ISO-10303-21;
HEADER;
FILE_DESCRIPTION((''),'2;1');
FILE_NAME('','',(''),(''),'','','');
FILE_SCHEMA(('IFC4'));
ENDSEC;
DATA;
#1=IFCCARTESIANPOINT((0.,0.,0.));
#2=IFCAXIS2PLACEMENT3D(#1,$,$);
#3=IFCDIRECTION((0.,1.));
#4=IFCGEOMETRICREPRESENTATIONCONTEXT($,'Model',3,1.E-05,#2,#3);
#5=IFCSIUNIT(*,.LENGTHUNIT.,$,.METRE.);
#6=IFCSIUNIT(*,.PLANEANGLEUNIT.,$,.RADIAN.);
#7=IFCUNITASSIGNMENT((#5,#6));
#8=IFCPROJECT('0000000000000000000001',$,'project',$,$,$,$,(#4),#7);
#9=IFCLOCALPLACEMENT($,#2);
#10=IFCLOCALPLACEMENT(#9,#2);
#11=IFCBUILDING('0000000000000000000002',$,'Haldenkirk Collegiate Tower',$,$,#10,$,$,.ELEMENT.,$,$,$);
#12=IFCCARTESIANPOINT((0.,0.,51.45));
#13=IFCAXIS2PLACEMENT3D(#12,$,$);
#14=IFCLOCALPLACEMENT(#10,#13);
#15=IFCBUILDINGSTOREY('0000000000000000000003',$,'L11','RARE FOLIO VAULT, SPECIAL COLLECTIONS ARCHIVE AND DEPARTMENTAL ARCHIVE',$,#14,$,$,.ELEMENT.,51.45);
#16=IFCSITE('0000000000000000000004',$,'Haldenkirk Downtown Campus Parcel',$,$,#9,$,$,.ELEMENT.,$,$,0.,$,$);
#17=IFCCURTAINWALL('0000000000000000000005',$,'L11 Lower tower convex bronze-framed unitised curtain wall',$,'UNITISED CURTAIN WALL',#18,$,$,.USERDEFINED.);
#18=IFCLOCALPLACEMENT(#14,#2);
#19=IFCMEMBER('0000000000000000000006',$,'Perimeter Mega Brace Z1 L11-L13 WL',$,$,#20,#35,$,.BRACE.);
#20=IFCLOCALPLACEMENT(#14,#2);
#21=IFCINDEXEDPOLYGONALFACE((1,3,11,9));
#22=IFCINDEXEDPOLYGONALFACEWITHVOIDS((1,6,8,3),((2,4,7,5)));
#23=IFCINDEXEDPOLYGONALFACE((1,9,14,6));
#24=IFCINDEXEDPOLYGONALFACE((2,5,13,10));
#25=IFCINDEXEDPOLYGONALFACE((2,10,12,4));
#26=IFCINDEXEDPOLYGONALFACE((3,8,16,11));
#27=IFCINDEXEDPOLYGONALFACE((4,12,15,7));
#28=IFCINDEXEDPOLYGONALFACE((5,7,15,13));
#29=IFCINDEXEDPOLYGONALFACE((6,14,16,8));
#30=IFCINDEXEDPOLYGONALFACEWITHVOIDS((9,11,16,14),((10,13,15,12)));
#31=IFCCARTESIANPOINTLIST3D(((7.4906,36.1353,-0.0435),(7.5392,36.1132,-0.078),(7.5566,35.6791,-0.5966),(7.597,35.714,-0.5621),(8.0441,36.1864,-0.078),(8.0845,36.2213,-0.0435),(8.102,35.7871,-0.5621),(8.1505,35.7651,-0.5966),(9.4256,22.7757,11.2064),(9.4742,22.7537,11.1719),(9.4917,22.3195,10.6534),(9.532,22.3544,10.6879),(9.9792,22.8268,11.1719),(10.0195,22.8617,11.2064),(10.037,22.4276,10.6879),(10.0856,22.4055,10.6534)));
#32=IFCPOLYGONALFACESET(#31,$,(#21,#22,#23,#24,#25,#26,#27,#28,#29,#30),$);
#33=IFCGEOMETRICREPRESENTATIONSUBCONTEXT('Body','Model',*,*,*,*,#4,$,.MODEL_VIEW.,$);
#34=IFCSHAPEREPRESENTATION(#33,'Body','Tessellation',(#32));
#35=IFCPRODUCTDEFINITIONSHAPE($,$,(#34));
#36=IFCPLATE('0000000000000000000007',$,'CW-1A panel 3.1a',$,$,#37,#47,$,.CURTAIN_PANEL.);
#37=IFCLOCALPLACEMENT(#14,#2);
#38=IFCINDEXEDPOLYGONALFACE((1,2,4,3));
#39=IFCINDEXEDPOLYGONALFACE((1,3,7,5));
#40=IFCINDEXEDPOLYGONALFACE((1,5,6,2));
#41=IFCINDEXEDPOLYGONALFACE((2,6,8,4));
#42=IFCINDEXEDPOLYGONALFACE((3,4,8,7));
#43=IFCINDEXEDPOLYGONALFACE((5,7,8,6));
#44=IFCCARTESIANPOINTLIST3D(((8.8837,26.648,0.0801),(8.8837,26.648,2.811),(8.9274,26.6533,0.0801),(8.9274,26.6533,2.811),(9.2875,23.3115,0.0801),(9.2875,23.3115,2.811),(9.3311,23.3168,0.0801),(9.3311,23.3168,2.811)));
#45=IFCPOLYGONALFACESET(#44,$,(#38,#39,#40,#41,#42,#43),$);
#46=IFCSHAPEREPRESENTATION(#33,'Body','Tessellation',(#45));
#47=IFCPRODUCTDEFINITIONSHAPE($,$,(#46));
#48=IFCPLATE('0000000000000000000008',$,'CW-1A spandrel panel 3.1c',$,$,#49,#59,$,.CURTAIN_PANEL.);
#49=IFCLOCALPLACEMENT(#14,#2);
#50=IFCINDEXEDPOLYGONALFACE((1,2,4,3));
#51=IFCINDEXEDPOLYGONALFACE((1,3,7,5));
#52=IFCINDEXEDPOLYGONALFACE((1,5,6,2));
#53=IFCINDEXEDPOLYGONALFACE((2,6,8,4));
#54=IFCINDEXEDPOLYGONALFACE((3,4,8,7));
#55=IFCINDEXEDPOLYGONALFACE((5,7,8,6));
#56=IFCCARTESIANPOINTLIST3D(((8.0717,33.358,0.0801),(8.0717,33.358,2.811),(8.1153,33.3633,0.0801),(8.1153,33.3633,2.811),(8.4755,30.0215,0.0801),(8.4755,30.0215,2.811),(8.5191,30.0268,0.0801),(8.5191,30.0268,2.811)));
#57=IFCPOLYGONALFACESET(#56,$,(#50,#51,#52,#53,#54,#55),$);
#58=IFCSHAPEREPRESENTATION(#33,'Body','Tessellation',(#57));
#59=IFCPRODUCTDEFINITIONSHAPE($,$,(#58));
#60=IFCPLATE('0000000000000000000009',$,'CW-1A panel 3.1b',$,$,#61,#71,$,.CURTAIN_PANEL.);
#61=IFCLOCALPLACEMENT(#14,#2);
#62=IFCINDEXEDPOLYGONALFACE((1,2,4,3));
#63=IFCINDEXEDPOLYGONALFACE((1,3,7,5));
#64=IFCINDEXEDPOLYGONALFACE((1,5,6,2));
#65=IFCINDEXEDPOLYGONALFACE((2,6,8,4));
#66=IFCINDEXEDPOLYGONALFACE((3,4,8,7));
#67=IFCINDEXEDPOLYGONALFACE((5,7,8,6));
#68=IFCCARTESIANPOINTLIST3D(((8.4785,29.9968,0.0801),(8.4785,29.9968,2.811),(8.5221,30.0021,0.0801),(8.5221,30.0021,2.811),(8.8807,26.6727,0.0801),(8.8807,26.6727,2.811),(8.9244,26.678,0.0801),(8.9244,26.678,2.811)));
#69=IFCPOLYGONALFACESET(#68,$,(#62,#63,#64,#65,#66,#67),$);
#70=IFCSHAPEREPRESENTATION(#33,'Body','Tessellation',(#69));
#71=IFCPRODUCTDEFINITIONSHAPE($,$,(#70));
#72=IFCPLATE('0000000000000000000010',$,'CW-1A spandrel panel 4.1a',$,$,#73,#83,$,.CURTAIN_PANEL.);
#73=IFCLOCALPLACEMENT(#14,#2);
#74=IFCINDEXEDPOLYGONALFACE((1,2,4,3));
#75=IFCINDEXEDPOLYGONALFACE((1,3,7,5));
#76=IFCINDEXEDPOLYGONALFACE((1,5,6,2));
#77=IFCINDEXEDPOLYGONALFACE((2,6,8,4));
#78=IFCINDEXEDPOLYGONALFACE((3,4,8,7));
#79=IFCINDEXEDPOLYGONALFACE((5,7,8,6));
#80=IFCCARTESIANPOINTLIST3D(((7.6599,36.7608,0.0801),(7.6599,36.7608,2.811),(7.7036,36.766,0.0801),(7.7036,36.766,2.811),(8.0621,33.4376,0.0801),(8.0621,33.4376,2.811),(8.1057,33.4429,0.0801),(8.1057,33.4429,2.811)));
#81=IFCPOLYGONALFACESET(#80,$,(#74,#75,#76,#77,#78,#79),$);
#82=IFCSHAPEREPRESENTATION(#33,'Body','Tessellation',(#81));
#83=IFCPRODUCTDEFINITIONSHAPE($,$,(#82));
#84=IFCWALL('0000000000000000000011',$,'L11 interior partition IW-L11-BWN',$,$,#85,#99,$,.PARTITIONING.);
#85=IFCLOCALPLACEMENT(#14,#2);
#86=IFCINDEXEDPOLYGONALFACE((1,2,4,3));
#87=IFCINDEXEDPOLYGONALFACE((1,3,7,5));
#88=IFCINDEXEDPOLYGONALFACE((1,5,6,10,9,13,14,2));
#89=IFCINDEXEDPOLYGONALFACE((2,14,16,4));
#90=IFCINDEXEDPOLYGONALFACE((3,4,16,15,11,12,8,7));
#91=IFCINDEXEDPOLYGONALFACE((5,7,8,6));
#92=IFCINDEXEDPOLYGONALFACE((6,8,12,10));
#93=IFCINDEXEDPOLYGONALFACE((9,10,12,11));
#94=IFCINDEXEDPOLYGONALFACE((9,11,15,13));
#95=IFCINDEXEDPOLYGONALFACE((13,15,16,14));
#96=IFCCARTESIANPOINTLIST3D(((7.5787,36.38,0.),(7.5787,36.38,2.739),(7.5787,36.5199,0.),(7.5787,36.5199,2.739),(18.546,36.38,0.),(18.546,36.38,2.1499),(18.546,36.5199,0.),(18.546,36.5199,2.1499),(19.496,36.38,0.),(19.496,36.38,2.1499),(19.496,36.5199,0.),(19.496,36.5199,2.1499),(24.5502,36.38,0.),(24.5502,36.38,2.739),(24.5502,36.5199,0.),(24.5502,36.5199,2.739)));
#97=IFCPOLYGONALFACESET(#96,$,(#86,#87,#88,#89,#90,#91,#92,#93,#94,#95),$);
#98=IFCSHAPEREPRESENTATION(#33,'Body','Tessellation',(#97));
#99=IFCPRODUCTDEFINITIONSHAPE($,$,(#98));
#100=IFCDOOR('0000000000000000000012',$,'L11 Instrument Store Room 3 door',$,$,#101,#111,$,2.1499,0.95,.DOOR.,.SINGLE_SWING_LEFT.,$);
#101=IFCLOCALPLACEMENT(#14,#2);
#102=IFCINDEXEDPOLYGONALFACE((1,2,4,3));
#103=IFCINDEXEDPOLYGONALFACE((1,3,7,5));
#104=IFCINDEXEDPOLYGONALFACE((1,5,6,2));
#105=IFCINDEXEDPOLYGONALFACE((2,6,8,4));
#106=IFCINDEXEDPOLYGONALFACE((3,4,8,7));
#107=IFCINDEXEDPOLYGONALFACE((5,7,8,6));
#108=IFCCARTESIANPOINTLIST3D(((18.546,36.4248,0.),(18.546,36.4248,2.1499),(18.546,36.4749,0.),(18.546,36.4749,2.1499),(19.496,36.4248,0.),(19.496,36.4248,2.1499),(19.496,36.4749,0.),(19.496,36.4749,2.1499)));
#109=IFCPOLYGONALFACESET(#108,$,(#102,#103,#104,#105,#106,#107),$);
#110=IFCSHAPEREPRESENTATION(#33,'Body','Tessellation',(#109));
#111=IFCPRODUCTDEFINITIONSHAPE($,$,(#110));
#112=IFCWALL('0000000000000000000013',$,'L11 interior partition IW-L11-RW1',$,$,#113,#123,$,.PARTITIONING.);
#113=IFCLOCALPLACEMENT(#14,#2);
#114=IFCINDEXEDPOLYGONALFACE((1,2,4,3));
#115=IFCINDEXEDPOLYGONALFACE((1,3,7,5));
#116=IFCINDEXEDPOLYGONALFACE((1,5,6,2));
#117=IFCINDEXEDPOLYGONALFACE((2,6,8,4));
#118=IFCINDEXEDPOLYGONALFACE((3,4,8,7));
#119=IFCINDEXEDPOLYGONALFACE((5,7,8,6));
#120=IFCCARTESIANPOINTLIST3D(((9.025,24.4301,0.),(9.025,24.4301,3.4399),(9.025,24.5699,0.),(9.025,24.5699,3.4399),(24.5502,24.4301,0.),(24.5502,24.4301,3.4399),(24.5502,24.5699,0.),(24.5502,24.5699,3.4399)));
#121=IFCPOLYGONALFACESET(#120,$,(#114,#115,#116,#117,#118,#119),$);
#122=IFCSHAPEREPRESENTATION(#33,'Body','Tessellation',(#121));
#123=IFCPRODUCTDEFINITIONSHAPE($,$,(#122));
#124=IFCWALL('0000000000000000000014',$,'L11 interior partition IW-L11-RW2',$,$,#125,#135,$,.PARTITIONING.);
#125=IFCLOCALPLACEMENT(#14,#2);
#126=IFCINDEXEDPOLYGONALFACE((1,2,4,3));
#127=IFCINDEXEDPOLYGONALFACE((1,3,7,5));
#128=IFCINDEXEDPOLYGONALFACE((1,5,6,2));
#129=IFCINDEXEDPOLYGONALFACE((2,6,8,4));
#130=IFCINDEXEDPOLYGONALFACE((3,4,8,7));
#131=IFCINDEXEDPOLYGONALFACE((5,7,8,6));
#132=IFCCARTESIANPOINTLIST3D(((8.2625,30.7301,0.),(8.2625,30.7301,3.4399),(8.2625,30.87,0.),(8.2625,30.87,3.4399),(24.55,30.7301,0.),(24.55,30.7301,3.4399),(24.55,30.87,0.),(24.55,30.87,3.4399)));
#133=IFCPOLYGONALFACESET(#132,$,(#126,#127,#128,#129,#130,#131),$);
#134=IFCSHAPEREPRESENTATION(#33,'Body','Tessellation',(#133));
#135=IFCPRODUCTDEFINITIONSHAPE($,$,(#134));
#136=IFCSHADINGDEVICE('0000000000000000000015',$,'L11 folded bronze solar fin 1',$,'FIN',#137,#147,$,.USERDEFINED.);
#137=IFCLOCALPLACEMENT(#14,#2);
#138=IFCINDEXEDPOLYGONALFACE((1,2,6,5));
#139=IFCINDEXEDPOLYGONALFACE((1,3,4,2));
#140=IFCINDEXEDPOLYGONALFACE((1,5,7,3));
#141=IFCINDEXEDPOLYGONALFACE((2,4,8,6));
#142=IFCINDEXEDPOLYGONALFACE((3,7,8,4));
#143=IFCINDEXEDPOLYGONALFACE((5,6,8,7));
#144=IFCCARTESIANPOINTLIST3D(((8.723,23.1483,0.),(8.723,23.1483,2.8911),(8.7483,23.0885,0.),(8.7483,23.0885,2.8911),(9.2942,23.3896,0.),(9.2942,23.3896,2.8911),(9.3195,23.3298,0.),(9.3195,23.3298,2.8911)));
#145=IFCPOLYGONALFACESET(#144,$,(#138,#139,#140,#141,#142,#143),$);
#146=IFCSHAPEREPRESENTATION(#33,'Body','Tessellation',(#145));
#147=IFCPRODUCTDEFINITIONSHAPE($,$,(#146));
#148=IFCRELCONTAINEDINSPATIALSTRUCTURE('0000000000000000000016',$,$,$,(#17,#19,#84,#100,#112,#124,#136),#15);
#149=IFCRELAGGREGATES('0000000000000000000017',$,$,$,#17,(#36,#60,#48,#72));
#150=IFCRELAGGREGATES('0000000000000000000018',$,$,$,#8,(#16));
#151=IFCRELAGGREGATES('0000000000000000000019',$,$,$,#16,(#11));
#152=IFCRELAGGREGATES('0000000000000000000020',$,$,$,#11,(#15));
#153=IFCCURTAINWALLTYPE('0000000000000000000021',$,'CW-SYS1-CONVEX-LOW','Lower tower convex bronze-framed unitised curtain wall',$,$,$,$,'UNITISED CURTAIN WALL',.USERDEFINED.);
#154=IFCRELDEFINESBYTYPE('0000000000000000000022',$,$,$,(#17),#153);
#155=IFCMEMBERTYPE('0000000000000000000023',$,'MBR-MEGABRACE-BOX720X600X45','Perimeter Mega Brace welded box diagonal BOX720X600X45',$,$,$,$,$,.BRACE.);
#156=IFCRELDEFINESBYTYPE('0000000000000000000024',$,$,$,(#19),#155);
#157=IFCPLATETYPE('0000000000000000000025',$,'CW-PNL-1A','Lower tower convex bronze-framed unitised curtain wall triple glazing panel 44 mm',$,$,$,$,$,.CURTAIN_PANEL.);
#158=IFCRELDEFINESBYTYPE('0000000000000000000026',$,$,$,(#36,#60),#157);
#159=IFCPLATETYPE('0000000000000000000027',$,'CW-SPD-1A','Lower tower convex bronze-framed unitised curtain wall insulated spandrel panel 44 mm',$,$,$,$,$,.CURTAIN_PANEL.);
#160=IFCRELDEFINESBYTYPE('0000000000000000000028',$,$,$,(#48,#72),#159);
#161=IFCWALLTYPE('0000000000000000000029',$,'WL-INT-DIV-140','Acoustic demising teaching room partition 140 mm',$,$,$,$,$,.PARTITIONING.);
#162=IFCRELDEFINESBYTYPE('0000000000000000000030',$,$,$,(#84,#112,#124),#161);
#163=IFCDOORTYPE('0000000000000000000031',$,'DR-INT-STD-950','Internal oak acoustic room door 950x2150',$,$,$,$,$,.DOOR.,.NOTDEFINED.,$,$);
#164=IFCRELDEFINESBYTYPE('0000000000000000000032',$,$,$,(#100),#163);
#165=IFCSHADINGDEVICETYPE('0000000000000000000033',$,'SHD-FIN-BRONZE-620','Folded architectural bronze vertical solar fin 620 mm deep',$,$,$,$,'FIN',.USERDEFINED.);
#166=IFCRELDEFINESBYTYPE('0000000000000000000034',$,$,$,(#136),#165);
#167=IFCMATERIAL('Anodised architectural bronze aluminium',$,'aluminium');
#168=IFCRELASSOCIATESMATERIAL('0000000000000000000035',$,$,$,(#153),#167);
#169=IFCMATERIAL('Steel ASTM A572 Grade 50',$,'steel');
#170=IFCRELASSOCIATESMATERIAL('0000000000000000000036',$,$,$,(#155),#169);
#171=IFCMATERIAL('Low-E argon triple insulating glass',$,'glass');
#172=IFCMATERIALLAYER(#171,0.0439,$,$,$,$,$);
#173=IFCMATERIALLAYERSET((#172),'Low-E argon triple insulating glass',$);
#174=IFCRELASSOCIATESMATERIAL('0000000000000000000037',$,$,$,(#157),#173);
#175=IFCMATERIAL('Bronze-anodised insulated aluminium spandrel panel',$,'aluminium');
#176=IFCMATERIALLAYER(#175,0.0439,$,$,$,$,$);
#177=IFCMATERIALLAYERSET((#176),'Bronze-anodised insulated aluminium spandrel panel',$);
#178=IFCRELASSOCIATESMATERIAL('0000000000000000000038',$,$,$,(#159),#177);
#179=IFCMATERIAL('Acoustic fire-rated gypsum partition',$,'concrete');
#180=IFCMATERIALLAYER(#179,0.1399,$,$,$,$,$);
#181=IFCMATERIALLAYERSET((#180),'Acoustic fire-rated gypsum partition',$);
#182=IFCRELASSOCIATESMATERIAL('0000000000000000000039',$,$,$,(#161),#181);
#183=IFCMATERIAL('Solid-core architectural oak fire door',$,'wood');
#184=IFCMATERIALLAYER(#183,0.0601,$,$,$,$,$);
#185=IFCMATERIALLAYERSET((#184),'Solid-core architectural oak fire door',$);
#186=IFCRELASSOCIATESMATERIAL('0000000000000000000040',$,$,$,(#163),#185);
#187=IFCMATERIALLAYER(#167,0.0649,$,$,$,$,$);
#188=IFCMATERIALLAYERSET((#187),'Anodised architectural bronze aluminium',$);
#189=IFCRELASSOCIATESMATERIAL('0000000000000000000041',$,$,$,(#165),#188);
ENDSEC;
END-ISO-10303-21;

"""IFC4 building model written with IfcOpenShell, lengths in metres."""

from ifc_helpers import new_model, si_unit, direction, frame, frame_2d, origin, origin_2d, place, context, subcontext, project, spatial, rectangle, hollow_rectangle, extrude, source, transform, mapped, material, layer, layer_set, material_profile, profile_set, type_object, element, fill, aggregate, save


model = new_model("IFC4")

# Units and contexts
model_context = context("Model", 3, precision=1e-05, world=origin(), true_north=direction((0.0, 1.0)))
body_context = subcontext(model_context, "Body", "Model", "MODEL_VIEW")
ifc_project = project(units=[si_unit("LENGTHUNIT", "METRE"), si_unit("PLANEANGLEUNIT", "RADIAN")], contexts=[model_context])

# Site, building, storey
site_placement = place(None, origin())
site = spatial("IfcSite", under=ifc_project, at=site_placement, Name="Haldenkirk Downtown Campus Parcel", CompositionType="ELEMENT", RefElevation=0.0)
building_placement = place(site_placement, origin())
building = spatial("IfcBuilding", under=site, at=building_placement, Name="Haldenkirk Collegiate Tower", CompositionType="ELEMENT")
storey_placement = place(building_placement, frame((0.0, 0.0, 51.45)))
storey = spatial("IfcBuildingStorey", under=building, at=storey_placement, Name="L11", Description="RARE FOLIO VAULT, SPECIAL COLLECTIONS ARCHIVE AND DEPARTMENTAL ARCHIVE", CompositionType="ELEMENT", Elevation=51.45)

# Curtain wall
ifc_material_1 = material(Name="Anodised architectural bronze aluminium", Category="aluminium")
curtain_wall_type = type_object("IfcCurtainWallType", Name="CW-SYS1-CONVEX-LOW", Description="Lower tower convex bronze-framed unitised curtain wall", ElementType="UNITISED CURTAIN WALL", PredefinedType="USERDEFINED", material=ifc_material_1)
curtain_wall_placement = place(storey_placement, origin())
curtain_wall = element("IfcCurtainWall", 1, at=curtain_wall_placement, inside=storey, type_object=curtain_wall_type, Name="L11 Lower tower convex bronze-framed unitised curtain wall", ObjectType="UNITISED CURTAIN WALL", PredefinedType="USERDEFINED")

# Member
ifc_material_2 = material(Name="Steel ASTM A572 Grade 50", Category="steel")
ifc_material_profile_1 = material_profile(ifc_material_2, hollow_rectangle(XDim=0.6001, YDim=0.72, WallThickness=0.0449, at=origin_2d()), Name="BOX720X600X45")
ifc_profile_set_1 = profile_set([ifc_material_profile_1], Name="Steel ASTM A572 Grade 50")
member_type_1 = type_object("IfcMemberType", Name="MBR-MEGABRACE-BOX720X600X45", Description="Perimeter Mega Brace welded box diagonal BOX720X600X45", PredefinedType="BRACE", material=ifc_profile_set_1)
member_1_placement = place(storey_placement, frame((7.8206, 35.9502, -0.3201), z_axis=(0.11012, -0.760265, 0.640211), x_axis=(0.989672, 0.143348, 0.0)))
element("IfcMember", 2, at=member_1_placement, inside=storey, type_object=member_type_1, Name="Perimeter Mega Brace Z1 L11-L13 WL", PredefinedType="BRACE", context=body_context, shape_type="SweptSolid", body=[
    extrude(hollow_rectangle(XDim=0.6001, YDim=0.72, WallThickness=0.0449, at=origin_2d()), origin(), (0.0, 0.0, 1.0), 17.5723),
])

# Plates
ifc_material_3 = material(Name="Low-E argon triple insulating glass", Category="glass")
ifc_layer_1 = layer(ifc_material_3, 0.0439)
ifc_layer_set_1 = layer_set([ifc_layer_1], Name="Low-E argon triple insulating glass")
plate_type_1 = type_object("IfcPlateType", Name="CW-PNL-1A", Description="Lower tower convex bronze-framed unitised curtain wall triple glazing panel 44 mm", PredefinedType="CURTAIN_PANEL", material=ifc_layer_set_1)
shared_shape_1 = source(origin(), body_context, "Body", "SweptSolid", [
    extrude(rectangle(XDim=3.3608, YDim=0.0439, at=origin_2d()), origin(), (0.0, 0.0, 1.0), 2.731),
])
plate_1_placement = place(storey_placement, frame((9.1074, 24.9824, 0.0801), z_axis=(0.0, 0.0, 1.0), x_axis=(-0.120138, 0.992757, 0.0)))
plate_1 = element("IfcPlate", 3, at=plate_1_placement, type_object=plate_type_1, Name="CW-1A panel 3.1a", PredefinedType="CURTAIN_PANEL", context=body_context, shape_type="MappedRepresentation", body=[
    mapped(shared_shape_1, transform((0.0, 0.0, 0.0), x_axis=(1.0, 0.0, 0.0), y_axis=(0.0, 1.0, 0.0), z_axis=(0.0, 0.0, 1.0), scale=1.0)),
])
ifc_material_4 = material(Name="Bronze-anodised insulated aluminium spandrel panel", Category="aluminium")
ifc_layer_2 = layer(ifc_material_4, 0.0439)
ifc_layer_set_2 = layer_set([ifc_layer_2], Name="Bronze-anodised insulated aluminium spandrel panel")
plate_type_2 = type_object("IfcPlateType", Name="CW-SPD-1A", Description="Lower tower convex bronze-framed unitised curtain wall insulated spandrel panel 44 mm", PredefinedType="CURTAIN_PANEL", material=ifc_layer_set_2)
plate_2_placement = place(storey_placement, frame((8.2954, 31.6924, 0.0801), z_axis=(0.0, 0.0, 1.0), x_axis=(-0.120138, 0.992757, 0.0)))
plate_2 = element("IfcPlate", 4, at=plate_2_placement, type_object=plate_type_2, Name="CW-1A spandrel panel 3.1c", PredefinedType="CURTAIN_PANEL", context=body_context, shape_type="MappedRepresentation", body=[
    mapped(shared_shape_1, transform((0.0, 0.0, 0.0), x_axis=(1.0, 0.0, 0.0), y_axis=(0.0, 1.0, 0.0), z_axis=(0.0, 0.0, 1.0), scale=1.0)),
])
shared_shape_2 = source(origin(), body_context, "Body", "SweptSolid", [
    extrude(rectangle(XDim=3.3484, YDim=0.0439, at=origin_2d()), origin(), (0.0, 0.0, 1.0), 2.731),
])
plate_3_placement = place(storey_placement, frame((8.7014, 28.3374, 0.0801), z_axis=(0.0, 0.0, 1.0), x_axis=(-0.120138, 0.992757, 0.0)))
plate_3 = element("IfcPlate", 5, at=plate_3_placement, type_object=plate_type_1, Name="CW-1A panel 3.1b", PredefinedType="CURTAIN_PANEL", context=body_context, shape_type="MappedRepresentation", body=[
    mapped(shared_shape_2, transform((0.0, 0.0, 0.0), x_axis=(1.0, 0.0, 0.0), y_axis=(0.0, 1.0, 0.0), z_axis=(0.0, 0.0, 1.0), scale=1.0)),
])
shared_shape_3 = source(origin(), body_context, "Body", "SweptSolid", [
    extrude(rectangle(XDim=3.3474, YDim=0.0439, at=origin_2d()), origin(), (0.0, 0.0, 1.0), 2.731),
])
plate_4_placement = place(storey_placement, frame((7.8828, 35.1018, 0.0801), z_axis=(0.0, 0.0, 1.0), x_axis=(-0.120138, 0.992757, 0.0)))
plate_4 = element("IfcPlate", 6, at=plate_4_placement, type_object=plate_type_2, Name="CW-1A spandrel panel 4.1a", PredefinedType="CURTAIN_PANEL", context=body_context, shape_type="MappedRepresentation", body=[
    mapped(shared_shape_3, transform((0.0, 0.0, 0.0), x_axis=(1.0, 0.0, 0.0), y_axis=(0.0, 1.0, 0.0), z_axis=(0.0, 0.0, 1.0), scale=1.0)),
])
aggregate(curtain_wall, [plate_1, plate_3, plate_2, plate_4])

# Wall, opening, door
ifc_material_5 = material(Name="Acoustic fire-rated gypsum partition", Category="concrete")
ifc_layer_3 = layer(ifc_material_5, 0.1399)
ifc_layer_set_3 = layer_set([ifc_layer_3], Name="Acoustic fire-rated gypsum partition")
wall_type = type_object("IfcWallType", Name="WL-INT-DIV-140", Description="Acoustic demising teaching room partition 140 mm", PredefinedType="PARTITIONING", material=ifc_layer_set_3)
wall_1_placement = place(storey_placement, frame((7.5786, 36.45, 0.0), z_axis=(0.0, 0.0, 1.0), x_axis=(1.0, 0.0, 0.0)))
wall_1 = element("IfcWall", 7, at=wall_1_placement, inside=storey, type_object=wall_type, Name="L11 interior partition IW-L11-BWN", PredefinedType="PARTITIONING", context=body_context, shape_type="SweptSolid", body=[
    extrude(rectangle(XDim=16.9714, YDim=0.1399, at=frame_2d((8.4858, 0.0))), origin(), (0.0, 0.0, 1.0), 2.739),
])
opening_placement = place(wall_1_placement, frame((10.9673, 0.0, 0.0)))
opening = element("IfcOpeningElement", 8, at=opening_placement, cuts=wall_1, PredefinedType="OPENING", context=body_context, shape_type="SweptSolid", body=[
    extrude(rectangle(XDim=0.95, YDim=2.1499, at=frame_2d((0.4751, 1.075))), frame((0.0, 0.0798, 0.0), z_axis=(0.0, -1.0, 0.0), x_axis=(1.0, 0.0, 0.0)), (0.0, 0.0, 1.0), 0.1599),
])
ifc_material_6 = material(Name="Solid-core architectural oak fire door", Category="wood")
ifc_layer_4 = layer(ifc_material_6, 0.0601)
ifc_layer_set_4 = layer_set([ifc_layer_4], Name="Solid-core architectural oak fire door")
door_type = type_object("IfcDoorType", Name="DR-INT-STD-950", Description="Internal oak acoustic room door 950x2150", OperationType="NOTDEFINED", PredefinedType="DOOR", material=ifc_layer_set_4)
door_placement = place(opening_placement, origin())
door = element("IfcDoor", 9, at=door_placement, inside=storey, type_object=door_type, Name="L11 Instrument Store Room 3 door", OperationType="SINGLE_SWING_LEFT", OverallHeight=2.1499, OverallWidth=0.95, PredefinedType="DOOR", context=body_context, shape_type="SweptSolid", body=[
    extrude(rectangle(XDim=0.95, YDim=2.1499, at=frame_2d((0.4751, 1.075))), frame((0.0, 0.0249, 0.0), z_axis=(0.0, -1.0, 0.0), x_axis=(1.0, 0.0, 0.0)), (0.0, 0.0, 1.0), 0.05),
])
fill(opening, door)

# Walls
wall_2_placement = place(storey_placement, frame((9.0249, 24.5, 0.0), z_axis=(0.0, 0.0, 1.0), x_axis=(1.0, 0.0, 0.0)))
element("IfcWall", 10, at=wall_2_placement, inside=storey, type_object=wall_type, Name="L11 interior partition IW-L11-RW1", PredefinedType="PARTITIONING", context=body_context, shape_type="SweptSolid", body=[
    extrude(rectangle(XDim=15.5251, YDim=0.1399, at=frame_2d((7.7627, 0.0))), origin(), (0.0, 0.0, 1.0), 3.4399),
])
wall_3_placement = place(storey_placement, frame((8.2625, 30.8, 0.0), z_axis=(0.0, 0.0, 1.0), x_axis=(1.0, 0.0, 0.0)))
element("IfcWall", 11, at=wall_3_placement, inside=storey, type_object=wall_type, Name="L11 interior partition IW-L11-RW2", PredefinedType="PARTITIONING", context=body_context, shape_type="SweptSolid", body=[
    extrude(rectangle(XDim=16.2876, YDim=0.1399, at=frame_2d((8.1438, 0.0))), origin(), (0.0, 0.0, 1.0), 3.4399),
])

# Shading device
ifc_layer_5 = layer(ifc_material_1, 0.0649)
ifc_layer_set_5 = layer_set([ifc_layer_5], Name="Anodised architectural bronze aluminium")
shading_device_type = type_object("IfcShadingDeviceType", Name="SHD-FIN-BRONZE-620", Description="Folded architectural bronze vertical solar fin 620 mm deep", ElementType="FIN", PredefinedType="USERDEFINED", material=ifc_layer_set_5)
shared_shape_4 = source(origin(), body_context, "Body", "SweptSolid", [
    extrude(rectangle(XDim=0.6201, YDim=0.0649, at=origin_2d()), origin(), (0.0, 0.0, 1.0), 2.8911),
])
shading_device_placement = place(storey_placement, frame((9.0212, 23.239, 0.0), z_axis=(0.0, 0.0, 1.0), x_axis=(-0.921185, -0.389124, 0.0)))
element("IfcShadingDevice", 12, at=shading_device_placement, inside=storey, type_object=shading_device_type, Name="L11 folded bronze solar fin 1", ObjectType="FIN", PredefinedType="USERDEFINED", context=body_context, shape_type="MappedRepresentation", body=[
    mapped(shared_shape_4, transform((0.0, 0.0, 0.0), x_axis=(1.0, 0.0, 0.0), y_axis=(0.0, 1.0, 0.0), z_axis=(0.0, 0.0, 1.0), scale=1.0)),
])

save(model, "model.ifc")
